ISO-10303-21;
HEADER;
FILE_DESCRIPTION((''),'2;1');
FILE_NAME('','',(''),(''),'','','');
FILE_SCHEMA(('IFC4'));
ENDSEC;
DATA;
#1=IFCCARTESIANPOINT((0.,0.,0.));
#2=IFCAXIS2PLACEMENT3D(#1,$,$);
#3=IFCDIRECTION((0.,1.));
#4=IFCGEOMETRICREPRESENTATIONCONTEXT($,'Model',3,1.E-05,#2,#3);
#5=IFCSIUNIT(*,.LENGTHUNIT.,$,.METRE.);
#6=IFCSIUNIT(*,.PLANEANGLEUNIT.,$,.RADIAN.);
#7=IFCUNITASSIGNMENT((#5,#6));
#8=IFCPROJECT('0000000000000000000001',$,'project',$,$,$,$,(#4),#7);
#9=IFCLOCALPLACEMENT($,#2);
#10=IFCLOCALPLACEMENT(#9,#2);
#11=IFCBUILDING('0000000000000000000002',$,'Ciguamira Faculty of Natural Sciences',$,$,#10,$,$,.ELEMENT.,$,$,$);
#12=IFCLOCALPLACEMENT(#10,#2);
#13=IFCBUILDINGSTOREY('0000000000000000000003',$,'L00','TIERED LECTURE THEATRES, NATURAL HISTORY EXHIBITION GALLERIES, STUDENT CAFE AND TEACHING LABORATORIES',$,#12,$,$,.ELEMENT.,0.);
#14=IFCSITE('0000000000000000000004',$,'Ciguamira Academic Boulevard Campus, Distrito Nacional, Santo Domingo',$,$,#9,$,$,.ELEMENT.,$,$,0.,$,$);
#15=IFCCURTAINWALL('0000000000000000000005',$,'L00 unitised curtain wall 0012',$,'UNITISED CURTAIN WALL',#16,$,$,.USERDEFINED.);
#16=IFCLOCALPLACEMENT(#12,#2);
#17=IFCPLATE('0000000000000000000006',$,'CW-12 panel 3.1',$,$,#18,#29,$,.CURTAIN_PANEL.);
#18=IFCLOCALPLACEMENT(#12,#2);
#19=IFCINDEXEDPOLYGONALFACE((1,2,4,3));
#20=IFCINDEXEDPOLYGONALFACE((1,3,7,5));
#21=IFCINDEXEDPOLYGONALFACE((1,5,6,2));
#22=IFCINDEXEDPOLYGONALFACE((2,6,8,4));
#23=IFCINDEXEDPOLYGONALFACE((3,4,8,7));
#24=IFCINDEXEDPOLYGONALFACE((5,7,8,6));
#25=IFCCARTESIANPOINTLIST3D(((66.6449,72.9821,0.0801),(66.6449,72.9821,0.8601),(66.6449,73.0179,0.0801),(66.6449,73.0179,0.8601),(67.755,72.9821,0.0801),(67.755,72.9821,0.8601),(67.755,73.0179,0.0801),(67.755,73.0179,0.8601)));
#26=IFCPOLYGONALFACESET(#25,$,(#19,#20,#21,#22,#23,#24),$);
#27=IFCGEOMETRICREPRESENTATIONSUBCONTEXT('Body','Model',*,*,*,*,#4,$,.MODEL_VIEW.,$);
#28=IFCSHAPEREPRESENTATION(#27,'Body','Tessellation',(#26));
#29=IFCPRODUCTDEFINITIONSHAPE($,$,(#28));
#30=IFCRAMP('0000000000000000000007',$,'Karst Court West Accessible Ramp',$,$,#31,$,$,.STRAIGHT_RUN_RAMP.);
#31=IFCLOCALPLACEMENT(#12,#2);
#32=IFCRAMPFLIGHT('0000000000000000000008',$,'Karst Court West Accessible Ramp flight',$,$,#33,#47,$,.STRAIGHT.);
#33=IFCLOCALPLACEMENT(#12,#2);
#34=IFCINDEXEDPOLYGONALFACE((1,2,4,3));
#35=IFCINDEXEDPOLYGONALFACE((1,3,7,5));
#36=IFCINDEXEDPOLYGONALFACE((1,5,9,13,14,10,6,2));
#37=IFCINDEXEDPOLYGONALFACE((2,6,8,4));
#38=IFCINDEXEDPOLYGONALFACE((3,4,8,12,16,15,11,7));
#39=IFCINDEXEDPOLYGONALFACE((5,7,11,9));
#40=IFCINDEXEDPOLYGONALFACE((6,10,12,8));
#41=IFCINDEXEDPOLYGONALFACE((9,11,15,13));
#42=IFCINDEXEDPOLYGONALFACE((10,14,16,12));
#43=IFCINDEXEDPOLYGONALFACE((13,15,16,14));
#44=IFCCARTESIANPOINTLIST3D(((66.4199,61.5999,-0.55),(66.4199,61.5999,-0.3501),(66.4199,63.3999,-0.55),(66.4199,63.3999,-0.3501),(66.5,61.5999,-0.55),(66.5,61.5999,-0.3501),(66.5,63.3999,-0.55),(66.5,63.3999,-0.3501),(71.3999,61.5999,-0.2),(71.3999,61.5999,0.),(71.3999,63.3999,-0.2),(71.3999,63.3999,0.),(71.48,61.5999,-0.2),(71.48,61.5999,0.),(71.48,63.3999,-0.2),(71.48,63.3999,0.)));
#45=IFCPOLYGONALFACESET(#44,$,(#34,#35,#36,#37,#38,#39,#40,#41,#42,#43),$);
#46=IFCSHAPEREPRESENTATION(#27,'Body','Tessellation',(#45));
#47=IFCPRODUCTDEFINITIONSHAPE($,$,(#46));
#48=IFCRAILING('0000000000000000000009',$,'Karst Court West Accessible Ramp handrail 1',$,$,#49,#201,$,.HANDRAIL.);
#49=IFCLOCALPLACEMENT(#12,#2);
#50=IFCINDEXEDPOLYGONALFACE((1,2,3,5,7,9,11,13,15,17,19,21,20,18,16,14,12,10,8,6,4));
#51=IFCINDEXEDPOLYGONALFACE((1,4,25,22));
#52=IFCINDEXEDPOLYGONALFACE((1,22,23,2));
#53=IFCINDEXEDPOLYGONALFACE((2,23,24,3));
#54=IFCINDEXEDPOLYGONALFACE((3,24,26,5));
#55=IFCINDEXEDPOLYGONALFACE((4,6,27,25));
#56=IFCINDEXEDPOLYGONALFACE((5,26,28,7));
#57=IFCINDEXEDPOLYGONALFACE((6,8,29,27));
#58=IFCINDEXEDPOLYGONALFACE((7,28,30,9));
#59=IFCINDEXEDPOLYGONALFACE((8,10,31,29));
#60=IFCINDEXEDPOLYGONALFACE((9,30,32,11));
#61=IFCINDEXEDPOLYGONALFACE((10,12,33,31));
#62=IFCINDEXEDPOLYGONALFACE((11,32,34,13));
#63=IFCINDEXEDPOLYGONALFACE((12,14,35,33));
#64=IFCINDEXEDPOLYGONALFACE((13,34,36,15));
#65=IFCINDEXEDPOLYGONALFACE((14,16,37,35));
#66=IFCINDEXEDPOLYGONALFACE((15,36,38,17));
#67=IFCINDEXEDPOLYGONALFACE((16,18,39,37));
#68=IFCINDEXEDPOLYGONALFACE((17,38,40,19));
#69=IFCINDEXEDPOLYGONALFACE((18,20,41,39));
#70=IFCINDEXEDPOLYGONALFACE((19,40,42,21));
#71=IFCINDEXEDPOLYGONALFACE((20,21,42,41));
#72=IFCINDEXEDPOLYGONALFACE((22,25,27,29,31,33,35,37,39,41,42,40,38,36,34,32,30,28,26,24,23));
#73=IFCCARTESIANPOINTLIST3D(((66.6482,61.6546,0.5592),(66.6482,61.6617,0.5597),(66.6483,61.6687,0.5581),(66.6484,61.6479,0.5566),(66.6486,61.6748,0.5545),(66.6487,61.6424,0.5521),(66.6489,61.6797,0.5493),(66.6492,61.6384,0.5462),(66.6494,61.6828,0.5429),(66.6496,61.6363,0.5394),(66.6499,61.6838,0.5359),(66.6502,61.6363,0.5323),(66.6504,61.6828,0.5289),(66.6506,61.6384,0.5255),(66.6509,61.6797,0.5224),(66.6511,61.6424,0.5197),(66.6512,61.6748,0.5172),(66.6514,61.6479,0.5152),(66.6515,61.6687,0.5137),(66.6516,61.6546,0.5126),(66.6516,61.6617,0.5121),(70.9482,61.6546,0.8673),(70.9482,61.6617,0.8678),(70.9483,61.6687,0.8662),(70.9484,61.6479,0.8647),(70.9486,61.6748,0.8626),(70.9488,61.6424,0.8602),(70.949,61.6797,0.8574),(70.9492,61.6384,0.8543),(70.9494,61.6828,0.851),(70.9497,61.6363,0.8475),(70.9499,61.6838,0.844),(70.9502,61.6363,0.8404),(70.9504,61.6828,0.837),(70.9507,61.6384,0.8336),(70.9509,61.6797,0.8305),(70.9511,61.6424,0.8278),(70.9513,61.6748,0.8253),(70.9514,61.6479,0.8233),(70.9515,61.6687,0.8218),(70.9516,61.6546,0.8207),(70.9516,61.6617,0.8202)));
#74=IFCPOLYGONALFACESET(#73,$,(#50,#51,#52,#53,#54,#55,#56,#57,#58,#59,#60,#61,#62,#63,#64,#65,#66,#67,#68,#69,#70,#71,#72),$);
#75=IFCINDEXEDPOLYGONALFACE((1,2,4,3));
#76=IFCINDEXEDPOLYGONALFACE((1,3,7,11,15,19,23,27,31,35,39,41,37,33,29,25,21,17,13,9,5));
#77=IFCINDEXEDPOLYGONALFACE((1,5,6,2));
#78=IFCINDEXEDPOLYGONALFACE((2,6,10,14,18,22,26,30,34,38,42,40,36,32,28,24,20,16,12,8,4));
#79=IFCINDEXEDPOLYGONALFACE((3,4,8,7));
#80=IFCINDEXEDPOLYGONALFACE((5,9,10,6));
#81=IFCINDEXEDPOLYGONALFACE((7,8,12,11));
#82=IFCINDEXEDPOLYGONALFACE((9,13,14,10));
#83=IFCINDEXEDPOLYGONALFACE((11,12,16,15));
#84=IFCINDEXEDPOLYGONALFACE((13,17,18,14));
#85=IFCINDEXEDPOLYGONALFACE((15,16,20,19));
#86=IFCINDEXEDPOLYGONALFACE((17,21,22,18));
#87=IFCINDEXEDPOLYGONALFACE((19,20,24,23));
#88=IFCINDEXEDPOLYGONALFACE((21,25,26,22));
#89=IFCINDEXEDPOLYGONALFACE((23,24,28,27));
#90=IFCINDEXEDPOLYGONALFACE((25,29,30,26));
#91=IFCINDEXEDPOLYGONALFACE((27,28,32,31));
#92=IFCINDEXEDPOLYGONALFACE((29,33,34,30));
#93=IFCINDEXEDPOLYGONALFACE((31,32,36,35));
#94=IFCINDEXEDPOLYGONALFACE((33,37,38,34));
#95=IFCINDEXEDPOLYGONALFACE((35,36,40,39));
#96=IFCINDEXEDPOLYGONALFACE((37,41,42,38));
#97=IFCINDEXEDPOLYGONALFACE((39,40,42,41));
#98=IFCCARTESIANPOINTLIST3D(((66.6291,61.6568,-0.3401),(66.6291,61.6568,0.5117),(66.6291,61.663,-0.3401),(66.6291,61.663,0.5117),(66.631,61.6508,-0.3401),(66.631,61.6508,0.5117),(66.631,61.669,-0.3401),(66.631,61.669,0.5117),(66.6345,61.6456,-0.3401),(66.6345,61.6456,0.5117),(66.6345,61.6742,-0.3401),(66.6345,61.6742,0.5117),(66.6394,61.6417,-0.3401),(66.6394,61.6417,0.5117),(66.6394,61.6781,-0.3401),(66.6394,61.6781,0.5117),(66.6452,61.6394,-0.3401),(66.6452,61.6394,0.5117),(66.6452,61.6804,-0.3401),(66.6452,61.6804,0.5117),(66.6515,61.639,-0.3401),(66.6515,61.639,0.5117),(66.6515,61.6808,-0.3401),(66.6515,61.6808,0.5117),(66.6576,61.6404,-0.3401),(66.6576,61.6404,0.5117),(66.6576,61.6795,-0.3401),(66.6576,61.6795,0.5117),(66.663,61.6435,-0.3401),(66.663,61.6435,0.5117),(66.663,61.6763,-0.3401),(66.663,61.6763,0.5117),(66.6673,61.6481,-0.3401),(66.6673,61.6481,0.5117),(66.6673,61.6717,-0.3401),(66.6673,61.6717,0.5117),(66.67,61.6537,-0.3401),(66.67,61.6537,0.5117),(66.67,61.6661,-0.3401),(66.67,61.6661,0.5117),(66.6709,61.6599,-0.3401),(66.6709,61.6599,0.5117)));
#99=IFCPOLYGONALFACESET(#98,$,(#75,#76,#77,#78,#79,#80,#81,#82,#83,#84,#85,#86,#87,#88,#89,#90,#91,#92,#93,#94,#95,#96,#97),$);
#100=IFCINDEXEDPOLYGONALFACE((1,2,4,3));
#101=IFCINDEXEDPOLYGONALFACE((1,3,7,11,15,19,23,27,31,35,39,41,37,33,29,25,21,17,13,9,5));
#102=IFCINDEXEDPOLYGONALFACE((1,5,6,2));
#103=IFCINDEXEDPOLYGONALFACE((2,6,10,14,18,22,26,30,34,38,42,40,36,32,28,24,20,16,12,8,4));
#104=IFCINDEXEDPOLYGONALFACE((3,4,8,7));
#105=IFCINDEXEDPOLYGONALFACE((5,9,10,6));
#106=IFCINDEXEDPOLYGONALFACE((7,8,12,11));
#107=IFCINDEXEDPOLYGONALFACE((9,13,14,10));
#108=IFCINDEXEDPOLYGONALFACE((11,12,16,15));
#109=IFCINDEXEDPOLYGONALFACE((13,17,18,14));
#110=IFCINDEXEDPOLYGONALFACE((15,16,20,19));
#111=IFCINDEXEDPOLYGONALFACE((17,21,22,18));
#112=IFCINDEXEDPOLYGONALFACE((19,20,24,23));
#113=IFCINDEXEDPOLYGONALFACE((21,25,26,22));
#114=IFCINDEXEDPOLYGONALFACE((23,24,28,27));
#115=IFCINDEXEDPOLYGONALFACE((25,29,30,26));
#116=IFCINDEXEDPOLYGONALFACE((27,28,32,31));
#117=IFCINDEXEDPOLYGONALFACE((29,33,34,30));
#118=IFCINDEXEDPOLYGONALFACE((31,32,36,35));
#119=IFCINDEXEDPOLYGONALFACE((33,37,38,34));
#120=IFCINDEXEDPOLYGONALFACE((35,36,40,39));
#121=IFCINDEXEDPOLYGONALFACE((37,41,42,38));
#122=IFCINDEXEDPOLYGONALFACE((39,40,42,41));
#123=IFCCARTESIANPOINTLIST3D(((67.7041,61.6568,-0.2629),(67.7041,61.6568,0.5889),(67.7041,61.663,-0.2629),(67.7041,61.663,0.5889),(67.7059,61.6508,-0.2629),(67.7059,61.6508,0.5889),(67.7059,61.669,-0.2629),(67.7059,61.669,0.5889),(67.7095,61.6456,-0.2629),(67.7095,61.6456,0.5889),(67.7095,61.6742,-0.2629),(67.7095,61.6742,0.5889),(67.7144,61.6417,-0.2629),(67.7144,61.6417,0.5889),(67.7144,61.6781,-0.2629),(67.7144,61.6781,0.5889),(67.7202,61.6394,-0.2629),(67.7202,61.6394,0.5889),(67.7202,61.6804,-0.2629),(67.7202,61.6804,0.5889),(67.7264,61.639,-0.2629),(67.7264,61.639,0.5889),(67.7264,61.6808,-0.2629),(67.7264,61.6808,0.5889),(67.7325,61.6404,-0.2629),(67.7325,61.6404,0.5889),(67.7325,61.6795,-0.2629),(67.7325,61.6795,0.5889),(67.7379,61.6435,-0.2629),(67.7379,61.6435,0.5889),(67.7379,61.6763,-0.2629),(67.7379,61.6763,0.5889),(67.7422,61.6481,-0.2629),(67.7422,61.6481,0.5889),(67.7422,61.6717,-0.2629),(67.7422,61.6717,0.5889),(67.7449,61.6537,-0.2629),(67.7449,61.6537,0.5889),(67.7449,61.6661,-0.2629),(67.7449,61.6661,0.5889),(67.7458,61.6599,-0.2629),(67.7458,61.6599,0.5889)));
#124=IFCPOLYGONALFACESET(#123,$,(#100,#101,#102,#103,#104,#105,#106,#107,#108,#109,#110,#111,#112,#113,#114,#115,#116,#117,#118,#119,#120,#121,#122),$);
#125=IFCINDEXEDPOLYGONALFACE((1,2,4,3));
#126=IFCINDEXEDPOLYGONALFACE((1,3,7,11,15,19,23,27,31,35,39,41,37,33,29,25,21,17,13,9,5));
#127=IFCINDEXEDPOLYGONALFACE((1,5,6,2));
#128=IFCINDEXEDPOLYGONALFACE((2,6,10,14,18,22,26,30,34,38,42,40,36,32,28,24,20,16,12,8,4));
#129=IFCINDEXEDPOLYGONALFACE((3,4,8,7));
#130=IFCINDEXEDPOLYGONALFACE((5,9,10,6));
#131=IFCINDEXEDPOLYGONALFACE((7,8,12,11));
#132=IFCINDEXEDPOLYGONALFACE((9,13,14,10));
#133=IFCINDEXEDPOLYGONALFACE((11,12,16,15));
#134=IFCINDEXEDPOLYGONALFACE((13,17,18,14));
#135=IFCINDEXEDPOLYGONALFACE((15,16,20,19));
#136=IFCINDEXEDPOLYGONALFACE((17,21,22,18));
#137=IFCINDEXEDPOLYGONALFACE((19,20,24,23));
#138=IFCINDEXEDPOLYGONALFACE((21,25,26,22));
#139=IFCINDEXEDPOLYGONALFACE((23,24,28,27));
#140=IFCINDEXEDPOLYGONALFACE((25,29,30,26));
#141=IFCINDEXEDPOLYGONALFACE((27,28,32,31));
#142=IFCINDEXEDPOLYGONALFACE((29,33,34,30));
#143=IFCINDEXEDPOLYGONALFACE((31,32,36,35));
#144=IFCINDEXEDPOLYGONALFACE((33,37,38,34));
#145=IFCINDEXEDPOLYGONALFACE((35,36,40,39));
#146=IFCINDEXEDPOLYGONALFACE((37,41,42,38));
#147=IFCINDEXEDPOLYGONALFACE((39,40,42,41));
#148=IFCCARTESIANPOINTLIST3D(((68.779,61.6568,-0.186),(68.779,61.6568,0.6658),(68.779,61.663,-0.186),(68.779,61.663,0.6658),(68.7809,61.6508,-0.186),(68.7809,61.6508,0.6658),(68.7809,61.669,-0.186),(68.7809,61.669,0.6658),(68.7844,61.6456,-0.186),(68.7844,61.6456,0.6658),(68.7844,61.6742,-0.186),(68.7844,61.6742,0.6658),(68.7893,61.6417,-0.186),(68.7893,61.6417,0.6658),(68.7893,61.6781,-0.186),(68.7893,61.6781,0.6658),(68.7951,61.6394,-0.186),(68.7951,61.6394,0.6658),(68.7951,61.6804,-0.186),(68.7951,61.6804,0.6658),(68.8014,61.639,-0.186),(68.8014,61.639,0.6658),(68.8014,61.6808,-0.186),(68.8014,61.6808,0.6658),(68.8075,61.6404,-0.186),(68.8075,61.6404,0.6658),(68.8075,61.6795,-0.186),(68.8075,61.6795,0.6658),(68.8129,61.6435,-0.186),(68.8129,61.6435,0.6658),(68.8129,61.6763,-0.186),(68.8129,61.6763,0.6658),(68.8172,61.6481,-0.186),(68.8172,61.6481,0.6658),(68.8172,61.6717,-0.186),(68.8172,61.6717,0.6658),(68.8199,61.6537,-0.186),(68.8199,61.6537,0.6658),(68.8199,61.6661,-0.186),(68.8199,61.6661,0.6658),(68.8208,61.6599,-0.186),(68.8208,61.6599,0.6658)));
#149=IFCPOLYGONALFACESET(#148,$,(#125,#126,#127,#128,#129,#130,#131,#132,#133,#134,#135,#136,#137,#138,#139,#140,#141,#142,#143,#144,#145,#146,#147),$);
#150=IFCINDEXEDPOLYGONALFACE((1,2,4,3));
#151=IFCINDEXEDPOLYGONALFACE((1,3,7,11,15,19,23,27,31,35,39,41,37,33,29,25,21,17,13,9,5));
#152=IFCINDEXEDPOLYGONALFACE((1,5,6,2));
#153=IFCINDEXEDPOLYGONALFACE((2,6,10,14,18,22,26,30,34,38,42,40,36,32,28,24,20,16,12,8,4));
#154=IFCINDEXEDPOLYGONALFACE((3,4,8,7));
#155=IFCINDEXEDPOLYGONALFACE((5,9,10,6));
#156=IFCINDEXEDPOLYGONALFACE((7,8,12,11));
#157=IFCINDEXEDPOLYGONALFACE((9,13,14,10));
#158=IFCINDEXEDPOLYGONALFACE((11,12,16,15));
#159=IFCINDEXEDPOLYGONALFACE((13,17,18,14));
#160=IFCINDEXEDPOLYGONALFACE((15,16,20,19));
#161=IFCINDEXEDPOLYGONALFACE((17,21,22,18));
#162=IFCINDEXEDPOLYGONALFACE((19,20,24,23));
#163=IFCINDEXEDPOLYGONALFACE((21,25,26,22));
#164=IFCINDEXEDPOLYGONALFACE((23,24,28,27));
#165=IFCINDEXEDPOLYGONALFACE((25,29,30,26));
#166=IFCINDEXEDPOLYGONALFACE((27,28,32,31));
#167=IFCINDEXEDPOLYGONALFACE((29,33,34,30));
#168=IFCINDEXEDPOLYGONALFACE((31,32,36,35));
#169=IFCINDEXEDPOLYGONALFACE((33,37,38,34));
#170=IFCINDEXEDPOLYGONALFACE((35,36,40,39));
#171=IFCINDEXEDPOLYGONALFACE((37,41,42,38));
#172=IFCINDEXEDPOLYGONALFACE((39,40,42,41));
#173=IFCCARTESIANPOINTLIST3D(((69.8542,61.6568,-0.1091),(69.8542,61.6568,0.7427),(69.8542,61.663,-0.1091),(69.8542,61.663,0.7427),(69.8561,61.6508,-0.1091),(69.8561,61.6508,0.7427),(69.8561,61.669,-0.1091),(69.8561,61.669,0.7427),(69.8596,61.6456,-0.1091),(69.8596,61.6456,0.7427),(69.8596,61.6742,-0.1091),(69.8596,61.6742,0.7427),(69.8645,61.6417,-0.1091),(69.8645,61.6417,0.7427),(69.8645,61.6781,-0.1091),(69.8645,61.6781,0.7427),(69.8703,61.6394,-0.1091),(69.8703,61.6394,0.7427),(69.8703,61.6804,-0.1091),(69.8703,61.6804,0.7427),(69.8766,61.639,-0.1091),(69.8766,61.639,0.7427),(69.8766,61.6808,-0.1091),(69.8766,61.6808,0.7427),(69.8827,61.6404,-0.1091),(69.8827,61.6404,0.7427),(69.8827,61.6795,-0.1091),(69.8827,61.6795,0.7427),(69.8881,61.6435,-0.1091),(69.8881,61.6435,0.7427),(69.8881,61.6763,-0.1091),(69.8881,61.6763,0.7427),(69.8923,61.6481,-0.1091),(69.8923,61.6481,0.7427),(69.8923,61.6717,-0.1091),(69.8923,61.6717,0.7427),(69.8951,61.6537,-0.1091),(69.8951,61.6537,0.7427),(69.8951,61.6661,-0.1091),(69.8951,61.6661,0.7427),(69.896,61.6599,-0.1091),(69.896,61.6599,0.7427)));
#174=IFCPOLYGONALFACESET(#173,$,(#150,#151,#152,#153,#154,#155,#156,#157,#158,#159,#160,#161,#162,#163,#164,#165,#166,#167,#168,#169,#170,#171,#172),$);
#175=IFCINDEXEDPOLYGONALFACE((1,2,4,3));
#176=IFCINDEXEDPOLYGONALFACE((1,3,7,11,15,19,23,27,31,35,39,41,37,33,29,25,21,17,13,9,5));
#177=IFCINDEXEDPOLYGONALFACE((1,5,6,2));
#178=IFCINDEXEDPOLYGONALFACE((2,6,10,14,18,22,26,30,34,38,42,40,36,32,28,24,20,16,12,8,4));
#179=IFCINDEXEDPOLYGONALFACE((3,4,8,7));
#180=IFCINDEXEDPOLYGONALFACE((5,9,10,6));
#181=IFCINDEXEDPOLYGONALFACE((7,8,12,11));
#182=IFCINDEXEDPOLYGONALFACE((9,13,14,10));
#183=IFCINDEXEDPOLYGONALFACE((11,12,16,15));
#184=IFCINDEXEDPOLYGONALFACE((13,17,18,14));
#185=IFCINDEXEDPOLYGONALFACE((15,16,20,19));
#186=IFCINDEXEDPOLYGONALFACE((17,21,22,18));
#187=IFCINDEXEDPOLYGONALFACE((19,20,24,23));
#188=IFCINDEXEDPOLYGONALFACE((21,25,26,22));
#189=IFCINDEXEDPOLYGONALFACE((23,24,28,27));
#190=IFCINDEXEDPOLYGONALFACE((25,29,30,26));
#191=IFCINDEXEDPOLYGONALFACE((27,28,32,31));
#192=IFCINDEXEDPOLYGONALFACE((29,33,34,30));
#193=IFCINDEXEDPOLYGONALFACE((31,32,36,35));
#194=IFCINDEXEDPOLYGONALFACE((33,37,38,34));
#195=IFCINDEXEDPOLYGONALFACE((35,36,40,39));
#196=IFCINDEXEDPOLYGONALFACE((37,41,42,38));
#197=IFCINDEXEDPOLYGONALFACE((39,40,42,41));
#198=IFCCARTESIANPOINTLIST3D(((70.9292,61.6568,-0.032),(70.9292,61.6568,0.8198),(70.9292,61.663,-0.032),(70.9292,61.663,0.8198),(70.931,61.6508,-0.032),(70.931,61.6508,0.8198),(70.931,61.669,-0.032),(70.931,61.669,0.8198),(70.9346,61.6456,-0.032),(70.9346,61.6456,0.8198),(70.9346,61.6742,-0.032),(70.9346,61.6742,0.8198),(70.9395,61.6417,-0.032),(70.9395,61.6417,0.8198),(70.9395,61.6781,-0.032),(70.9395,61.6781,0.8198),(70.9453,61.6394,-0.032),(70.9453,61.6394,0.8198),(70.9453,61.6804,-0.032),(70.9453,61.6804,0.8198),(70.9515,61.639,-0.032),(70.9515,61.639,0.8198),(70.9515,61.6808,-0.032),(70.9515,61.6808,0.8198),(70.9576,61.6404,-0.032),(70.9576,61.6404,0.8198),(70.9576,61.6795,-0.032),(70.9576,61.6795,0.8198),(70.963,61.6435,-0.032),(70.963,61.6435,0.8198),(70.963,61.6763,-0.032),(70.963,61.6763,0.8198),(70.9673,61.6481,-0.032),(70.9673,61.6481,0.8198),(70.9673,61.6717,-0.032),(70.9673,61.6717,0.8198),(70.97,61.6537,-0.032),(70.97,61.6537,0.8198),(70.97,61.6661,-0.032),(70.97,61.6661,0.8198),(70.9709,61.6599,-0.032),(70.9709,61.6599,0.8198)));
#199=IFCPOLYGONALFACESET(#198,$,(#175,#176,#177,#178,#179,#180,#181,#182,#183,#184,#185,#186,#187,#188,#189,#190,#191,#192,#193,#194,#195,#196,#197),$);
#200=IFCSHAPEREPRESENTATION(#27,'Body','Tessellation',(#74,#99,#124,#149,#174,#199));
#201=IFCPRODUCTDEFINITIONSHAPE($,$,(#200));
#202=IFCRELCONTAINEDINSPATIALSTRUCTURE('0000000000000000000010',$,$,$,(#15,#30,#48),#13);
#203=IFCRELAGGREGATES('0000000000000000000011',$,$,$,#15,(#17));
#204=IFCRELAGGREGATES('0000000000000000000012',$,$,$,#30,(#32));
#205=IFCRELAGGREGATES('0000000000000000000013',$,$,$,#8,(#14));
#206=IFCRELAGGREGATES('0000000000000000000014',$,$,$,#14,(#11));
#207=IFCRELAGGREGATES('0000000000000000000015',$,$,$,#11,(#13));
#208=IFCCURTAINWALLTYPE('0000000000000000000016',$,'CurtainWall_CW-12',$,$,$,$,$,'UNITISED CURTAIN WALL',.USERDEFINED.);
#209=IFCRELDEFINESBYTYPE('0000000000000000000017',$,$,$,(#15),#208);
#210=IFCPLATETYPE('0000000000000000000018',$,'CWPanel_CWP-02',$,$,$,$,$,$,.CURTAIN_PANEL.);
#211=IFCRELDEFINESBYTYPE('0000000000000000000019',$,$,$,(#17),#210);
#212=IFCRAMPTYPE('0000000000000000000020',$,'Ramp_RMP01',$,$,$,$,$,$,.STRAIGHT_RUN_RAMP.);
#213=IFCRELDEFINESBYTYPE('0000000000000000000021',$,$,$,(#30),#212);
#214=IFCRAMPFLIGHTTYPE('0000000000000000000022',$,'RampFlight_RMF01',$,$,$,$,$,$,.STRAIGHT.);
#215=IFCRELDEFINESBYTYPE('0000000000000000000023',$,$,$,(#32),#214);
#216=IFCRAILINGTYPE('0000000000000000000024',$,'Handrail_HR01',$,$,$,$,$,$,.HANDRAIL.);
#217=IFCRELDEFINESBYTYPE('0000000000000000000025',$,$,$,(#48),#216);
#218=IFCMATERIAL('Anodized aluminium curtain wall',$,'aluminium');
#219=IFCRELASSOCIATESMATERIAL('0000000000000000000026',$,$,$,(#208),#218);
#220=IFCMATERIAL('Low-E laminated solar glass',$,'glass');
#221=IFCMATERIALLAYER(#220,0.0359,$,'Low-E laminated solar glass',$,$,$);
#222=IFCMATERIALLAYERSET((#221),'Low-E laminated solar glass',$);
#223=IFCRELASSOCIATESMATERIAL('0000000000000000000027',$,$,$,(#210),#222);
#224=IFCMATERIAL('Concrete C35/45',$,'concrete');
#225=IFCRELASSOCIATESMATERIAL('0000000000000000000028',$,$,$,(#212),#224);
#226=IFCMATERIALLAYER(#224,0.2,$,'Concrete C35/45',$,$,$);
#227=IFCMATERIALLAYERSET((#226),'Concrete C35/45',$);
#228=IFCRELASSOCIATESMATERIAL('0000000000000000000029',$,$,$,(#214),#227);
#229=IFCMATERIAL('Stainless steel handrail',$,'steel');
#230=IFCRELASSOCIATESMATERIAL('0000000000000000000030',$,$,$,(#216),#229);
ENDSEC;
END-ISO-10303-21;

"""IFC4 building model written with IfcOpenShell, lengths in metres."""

from ifc_helpers import new_model, si_unit, direction, frame, origin, origin_2d, place, context, subcontext, project, spatial, polyline, rectangle, circle, outline, extrude, material, layer, layer_set, type_object, element, aggregate, save


model = new_model("IFC4")

# Units and contexts
model_context = context("Model", 3, precision=1e-05, world=origin(), true_north=direction((0.0, 1.0)))
body_context = subcontext(model_context, "Body", "Model", "MODEL_VIEW")
ifc_project = project(units=[si_unit("LENGTHUNIT", "METRE"), si_unit("PLANEANGLEUNIT", "RADIAN")], contexts=[model_context])

# Site, building, storey
site_placement = place(None, origin())
site = spatial("IfcSite", under=ifc_project, at=site_placement, Name="Ciguamira Academic Boulevard Campus, Distrito Nacional, Santo Domingo", CompositionType="ELEMENT", RefElevation=0.0)
building_placement = place(site_placement, origin())
building = spatial("IfcBuilding", under=site, at=building_placement, Name="Ciguamira Faculty of Natural Sciences", CompositionType="ELEMENT")
storey_placement = place(building_placement, origin())
storey = spatial("IfcBuildingStorey", under=building, at=storey_placement, Name="L00", Description="TIERED LECTURE THEATRES, NATURAL HISTORY EXHIBITION GALLERIES, STUDENT CAFE AND TEACHING LABORATORIES", CompositionType="ELEMENT", Elevation=0.0)

# Curtain wall, plate
ifc_material_1 = material(Name="Anodized aluminium curtain wall", Category="aluminium")
curtain_wall_type = type_object("IfcCurtainWallType", Name="CurtainWall_CW-12", ElementType="UNITISED CURTAIN WALL", PredefinedType="USERDEFINED", material=ifc_material_1)
curtain_wall_placement = place(storey_placement, origin())
curtain_wall = element("IfcCurtainWall", 1, at=curtain_wall_placement, inside=storey, type_object=curtain_wall_type, Name="L00 unitised curtain wall 0012", ObjectType="UNITISED CURTAIN WALL", PredefinedType="USERDEFINED")
ifc_material_2 = material(Name="Low-E laminated solar glass", Category="glass")
ifc_layer_1 = layer(ifc_material_2, 0.0359, Name="Low-E laminated solar glass")
ifc_layer_set_1 = layer_set([ifc_layer_1], Name="Low-E laminated solar glass")
plate_type = type_object("IfcPlateType", Name="CWPanel_CWP-02", PredefinedType="CURTAIN_PANEL", material=ifc_layer_set_1)
plate_1_placement = place(storey_placement, frame((67.2, 73.0, 0.0801), z_axis=(0.0, 0.0, 1.0), x_axis=(1.0, 0.0, 0.0)))
plate_1 = element("IfcPlate", 2, at=plate_1_placement, type_object=plate_type, Name="CW-12 panel 3.1", PredefinedType="CURTAIN_PANEL", context=body_context, shape_type="SweptSolid", body=[
    extrude(rectangle(XDim=1.1101, YDim=0.0359, at=origin_2d()), origin(), (0.0, 0.0, 1.0), 0.78),
])
aggregate(curtain_wall, [plate_1])

# Ramp, ramp flight
ifc_material_3 = material(Name="Concrete C35/45", Category="concrete")
ramp_type = type_object("IfcRampType", Name="Ramp_RMP01", PredefinedType="STRAIGHT_RUN_RAMP", material=ifc_material_3)
ramp_placement = place(storey_placement, origin())
ramp = element("IfcRamp", 3, at=ramp_placement, inside=storey, type_object=ramp_type, Name="Karst Court West Accessible Ramp", PredefinedType="STRAIGHT_RUN_RAMP")
ifc_layer_2 = layer(ifc_material_3, 0.2, Name="Concrete C35/45")
ifc_layer_set_2 = layer_set([ifc_layer_2], Name="Concrete C35/45")
ramp_flight_type = type_object("IfcRampFlightType", Name="RampFlight_RMF01", PredefinedType="STRAIGHT", material=ifc_layer_set_2)
ramp_flight_placement = place(storey_placement, frame((66.5, 62.5, -0.3501), z_axis=(0.0, 0.0, 1.0), x_axis=(1.0, 0.0, 0.0)))
ramp_flight = element("IfcRampFlight", 4, at=ramp_flight_placement, type_object=ramp_flight_type, Name="Karst Court West Accessible Ramp flight", PredefinedType="STRAIGHT", context=body_context, shape_type="SweptSolid", body=[
    extrude(outline(polyline([(-0.0801, -0.2), (-0.0801, 0.0), (0.0, 0.0), (4.8999, 0.3501), (4.98, 0.3501), (4.98, 0.1501), (4.8999, 0.1501), (0.0, -0.2), (-0.0801, -0.2)])), frame((0.0, 0.8999, 0.0), z_axis=(0.0, -1.0, 0.0), x_axis=(1.0, 0.0, 0.0)), (0.0, 0.0, 1.0), 1.8),
])
aggregate(ramp, [ramp_flight])

# Railing
ifc_material_4 = material(Name="Stainless steel handrail", Category="steel")
railing_type = type_object("IfcRailingType", Name="Handrail_HR01", PredefinedType="HANDRAIL", material=ifc_material_4)
for number, where, name in (
    (5, (66.6499, 61.6599, -0.3401), "Karst Court West Accessible Ramp handrail 1"),
):
    element("IfcRailing", number, at=place(storey_placement, frame(where)), inside=storey, type_object=railing_type, Name=name, PredefinedType="HANDRAIL", context=body_context, shape_type="SweptSolid", body=[
        extrude(circle(Radius=0.0239, at=origin_2d()), frame((0.0, 0.0, 0.876), z_axis=(0.997443, 0.0, 0.071468), x_axis=(0.0, 1.0, 0.0)), (0.0, 0.0, 1.0), 4.311),
        extrude(circle(Radius=0.021, at=origin_2d()), origin(), (0.0, 0.0, 1.0), 0.8518),
        extrude(circle(Radius=0.021, at=origin_2d()), frame((1.075, 0.0, 0.0771)), (0.0, 0.0, 1.0), 0.8518),
        extrude(circle(Radius=0.021, at=origin_2d()), frame((2.1499, 0.0, 0.1541)), (0.0, 0.0, 1.0), 0.8518),
        extrude(circle(Radius=0.021, at=origin_2d()), frame((3.2251, 0.0, 0.231)), (0.0, 0.0, 1.0), 0.8518),
        extrude(circle(Radius=0.021, at=origin_2d()), frame((4.3, 0.0, 0.3081)), (0.0, 0.0, 1.0), 0.8518),
    ])

save(model, "model.ifc")
